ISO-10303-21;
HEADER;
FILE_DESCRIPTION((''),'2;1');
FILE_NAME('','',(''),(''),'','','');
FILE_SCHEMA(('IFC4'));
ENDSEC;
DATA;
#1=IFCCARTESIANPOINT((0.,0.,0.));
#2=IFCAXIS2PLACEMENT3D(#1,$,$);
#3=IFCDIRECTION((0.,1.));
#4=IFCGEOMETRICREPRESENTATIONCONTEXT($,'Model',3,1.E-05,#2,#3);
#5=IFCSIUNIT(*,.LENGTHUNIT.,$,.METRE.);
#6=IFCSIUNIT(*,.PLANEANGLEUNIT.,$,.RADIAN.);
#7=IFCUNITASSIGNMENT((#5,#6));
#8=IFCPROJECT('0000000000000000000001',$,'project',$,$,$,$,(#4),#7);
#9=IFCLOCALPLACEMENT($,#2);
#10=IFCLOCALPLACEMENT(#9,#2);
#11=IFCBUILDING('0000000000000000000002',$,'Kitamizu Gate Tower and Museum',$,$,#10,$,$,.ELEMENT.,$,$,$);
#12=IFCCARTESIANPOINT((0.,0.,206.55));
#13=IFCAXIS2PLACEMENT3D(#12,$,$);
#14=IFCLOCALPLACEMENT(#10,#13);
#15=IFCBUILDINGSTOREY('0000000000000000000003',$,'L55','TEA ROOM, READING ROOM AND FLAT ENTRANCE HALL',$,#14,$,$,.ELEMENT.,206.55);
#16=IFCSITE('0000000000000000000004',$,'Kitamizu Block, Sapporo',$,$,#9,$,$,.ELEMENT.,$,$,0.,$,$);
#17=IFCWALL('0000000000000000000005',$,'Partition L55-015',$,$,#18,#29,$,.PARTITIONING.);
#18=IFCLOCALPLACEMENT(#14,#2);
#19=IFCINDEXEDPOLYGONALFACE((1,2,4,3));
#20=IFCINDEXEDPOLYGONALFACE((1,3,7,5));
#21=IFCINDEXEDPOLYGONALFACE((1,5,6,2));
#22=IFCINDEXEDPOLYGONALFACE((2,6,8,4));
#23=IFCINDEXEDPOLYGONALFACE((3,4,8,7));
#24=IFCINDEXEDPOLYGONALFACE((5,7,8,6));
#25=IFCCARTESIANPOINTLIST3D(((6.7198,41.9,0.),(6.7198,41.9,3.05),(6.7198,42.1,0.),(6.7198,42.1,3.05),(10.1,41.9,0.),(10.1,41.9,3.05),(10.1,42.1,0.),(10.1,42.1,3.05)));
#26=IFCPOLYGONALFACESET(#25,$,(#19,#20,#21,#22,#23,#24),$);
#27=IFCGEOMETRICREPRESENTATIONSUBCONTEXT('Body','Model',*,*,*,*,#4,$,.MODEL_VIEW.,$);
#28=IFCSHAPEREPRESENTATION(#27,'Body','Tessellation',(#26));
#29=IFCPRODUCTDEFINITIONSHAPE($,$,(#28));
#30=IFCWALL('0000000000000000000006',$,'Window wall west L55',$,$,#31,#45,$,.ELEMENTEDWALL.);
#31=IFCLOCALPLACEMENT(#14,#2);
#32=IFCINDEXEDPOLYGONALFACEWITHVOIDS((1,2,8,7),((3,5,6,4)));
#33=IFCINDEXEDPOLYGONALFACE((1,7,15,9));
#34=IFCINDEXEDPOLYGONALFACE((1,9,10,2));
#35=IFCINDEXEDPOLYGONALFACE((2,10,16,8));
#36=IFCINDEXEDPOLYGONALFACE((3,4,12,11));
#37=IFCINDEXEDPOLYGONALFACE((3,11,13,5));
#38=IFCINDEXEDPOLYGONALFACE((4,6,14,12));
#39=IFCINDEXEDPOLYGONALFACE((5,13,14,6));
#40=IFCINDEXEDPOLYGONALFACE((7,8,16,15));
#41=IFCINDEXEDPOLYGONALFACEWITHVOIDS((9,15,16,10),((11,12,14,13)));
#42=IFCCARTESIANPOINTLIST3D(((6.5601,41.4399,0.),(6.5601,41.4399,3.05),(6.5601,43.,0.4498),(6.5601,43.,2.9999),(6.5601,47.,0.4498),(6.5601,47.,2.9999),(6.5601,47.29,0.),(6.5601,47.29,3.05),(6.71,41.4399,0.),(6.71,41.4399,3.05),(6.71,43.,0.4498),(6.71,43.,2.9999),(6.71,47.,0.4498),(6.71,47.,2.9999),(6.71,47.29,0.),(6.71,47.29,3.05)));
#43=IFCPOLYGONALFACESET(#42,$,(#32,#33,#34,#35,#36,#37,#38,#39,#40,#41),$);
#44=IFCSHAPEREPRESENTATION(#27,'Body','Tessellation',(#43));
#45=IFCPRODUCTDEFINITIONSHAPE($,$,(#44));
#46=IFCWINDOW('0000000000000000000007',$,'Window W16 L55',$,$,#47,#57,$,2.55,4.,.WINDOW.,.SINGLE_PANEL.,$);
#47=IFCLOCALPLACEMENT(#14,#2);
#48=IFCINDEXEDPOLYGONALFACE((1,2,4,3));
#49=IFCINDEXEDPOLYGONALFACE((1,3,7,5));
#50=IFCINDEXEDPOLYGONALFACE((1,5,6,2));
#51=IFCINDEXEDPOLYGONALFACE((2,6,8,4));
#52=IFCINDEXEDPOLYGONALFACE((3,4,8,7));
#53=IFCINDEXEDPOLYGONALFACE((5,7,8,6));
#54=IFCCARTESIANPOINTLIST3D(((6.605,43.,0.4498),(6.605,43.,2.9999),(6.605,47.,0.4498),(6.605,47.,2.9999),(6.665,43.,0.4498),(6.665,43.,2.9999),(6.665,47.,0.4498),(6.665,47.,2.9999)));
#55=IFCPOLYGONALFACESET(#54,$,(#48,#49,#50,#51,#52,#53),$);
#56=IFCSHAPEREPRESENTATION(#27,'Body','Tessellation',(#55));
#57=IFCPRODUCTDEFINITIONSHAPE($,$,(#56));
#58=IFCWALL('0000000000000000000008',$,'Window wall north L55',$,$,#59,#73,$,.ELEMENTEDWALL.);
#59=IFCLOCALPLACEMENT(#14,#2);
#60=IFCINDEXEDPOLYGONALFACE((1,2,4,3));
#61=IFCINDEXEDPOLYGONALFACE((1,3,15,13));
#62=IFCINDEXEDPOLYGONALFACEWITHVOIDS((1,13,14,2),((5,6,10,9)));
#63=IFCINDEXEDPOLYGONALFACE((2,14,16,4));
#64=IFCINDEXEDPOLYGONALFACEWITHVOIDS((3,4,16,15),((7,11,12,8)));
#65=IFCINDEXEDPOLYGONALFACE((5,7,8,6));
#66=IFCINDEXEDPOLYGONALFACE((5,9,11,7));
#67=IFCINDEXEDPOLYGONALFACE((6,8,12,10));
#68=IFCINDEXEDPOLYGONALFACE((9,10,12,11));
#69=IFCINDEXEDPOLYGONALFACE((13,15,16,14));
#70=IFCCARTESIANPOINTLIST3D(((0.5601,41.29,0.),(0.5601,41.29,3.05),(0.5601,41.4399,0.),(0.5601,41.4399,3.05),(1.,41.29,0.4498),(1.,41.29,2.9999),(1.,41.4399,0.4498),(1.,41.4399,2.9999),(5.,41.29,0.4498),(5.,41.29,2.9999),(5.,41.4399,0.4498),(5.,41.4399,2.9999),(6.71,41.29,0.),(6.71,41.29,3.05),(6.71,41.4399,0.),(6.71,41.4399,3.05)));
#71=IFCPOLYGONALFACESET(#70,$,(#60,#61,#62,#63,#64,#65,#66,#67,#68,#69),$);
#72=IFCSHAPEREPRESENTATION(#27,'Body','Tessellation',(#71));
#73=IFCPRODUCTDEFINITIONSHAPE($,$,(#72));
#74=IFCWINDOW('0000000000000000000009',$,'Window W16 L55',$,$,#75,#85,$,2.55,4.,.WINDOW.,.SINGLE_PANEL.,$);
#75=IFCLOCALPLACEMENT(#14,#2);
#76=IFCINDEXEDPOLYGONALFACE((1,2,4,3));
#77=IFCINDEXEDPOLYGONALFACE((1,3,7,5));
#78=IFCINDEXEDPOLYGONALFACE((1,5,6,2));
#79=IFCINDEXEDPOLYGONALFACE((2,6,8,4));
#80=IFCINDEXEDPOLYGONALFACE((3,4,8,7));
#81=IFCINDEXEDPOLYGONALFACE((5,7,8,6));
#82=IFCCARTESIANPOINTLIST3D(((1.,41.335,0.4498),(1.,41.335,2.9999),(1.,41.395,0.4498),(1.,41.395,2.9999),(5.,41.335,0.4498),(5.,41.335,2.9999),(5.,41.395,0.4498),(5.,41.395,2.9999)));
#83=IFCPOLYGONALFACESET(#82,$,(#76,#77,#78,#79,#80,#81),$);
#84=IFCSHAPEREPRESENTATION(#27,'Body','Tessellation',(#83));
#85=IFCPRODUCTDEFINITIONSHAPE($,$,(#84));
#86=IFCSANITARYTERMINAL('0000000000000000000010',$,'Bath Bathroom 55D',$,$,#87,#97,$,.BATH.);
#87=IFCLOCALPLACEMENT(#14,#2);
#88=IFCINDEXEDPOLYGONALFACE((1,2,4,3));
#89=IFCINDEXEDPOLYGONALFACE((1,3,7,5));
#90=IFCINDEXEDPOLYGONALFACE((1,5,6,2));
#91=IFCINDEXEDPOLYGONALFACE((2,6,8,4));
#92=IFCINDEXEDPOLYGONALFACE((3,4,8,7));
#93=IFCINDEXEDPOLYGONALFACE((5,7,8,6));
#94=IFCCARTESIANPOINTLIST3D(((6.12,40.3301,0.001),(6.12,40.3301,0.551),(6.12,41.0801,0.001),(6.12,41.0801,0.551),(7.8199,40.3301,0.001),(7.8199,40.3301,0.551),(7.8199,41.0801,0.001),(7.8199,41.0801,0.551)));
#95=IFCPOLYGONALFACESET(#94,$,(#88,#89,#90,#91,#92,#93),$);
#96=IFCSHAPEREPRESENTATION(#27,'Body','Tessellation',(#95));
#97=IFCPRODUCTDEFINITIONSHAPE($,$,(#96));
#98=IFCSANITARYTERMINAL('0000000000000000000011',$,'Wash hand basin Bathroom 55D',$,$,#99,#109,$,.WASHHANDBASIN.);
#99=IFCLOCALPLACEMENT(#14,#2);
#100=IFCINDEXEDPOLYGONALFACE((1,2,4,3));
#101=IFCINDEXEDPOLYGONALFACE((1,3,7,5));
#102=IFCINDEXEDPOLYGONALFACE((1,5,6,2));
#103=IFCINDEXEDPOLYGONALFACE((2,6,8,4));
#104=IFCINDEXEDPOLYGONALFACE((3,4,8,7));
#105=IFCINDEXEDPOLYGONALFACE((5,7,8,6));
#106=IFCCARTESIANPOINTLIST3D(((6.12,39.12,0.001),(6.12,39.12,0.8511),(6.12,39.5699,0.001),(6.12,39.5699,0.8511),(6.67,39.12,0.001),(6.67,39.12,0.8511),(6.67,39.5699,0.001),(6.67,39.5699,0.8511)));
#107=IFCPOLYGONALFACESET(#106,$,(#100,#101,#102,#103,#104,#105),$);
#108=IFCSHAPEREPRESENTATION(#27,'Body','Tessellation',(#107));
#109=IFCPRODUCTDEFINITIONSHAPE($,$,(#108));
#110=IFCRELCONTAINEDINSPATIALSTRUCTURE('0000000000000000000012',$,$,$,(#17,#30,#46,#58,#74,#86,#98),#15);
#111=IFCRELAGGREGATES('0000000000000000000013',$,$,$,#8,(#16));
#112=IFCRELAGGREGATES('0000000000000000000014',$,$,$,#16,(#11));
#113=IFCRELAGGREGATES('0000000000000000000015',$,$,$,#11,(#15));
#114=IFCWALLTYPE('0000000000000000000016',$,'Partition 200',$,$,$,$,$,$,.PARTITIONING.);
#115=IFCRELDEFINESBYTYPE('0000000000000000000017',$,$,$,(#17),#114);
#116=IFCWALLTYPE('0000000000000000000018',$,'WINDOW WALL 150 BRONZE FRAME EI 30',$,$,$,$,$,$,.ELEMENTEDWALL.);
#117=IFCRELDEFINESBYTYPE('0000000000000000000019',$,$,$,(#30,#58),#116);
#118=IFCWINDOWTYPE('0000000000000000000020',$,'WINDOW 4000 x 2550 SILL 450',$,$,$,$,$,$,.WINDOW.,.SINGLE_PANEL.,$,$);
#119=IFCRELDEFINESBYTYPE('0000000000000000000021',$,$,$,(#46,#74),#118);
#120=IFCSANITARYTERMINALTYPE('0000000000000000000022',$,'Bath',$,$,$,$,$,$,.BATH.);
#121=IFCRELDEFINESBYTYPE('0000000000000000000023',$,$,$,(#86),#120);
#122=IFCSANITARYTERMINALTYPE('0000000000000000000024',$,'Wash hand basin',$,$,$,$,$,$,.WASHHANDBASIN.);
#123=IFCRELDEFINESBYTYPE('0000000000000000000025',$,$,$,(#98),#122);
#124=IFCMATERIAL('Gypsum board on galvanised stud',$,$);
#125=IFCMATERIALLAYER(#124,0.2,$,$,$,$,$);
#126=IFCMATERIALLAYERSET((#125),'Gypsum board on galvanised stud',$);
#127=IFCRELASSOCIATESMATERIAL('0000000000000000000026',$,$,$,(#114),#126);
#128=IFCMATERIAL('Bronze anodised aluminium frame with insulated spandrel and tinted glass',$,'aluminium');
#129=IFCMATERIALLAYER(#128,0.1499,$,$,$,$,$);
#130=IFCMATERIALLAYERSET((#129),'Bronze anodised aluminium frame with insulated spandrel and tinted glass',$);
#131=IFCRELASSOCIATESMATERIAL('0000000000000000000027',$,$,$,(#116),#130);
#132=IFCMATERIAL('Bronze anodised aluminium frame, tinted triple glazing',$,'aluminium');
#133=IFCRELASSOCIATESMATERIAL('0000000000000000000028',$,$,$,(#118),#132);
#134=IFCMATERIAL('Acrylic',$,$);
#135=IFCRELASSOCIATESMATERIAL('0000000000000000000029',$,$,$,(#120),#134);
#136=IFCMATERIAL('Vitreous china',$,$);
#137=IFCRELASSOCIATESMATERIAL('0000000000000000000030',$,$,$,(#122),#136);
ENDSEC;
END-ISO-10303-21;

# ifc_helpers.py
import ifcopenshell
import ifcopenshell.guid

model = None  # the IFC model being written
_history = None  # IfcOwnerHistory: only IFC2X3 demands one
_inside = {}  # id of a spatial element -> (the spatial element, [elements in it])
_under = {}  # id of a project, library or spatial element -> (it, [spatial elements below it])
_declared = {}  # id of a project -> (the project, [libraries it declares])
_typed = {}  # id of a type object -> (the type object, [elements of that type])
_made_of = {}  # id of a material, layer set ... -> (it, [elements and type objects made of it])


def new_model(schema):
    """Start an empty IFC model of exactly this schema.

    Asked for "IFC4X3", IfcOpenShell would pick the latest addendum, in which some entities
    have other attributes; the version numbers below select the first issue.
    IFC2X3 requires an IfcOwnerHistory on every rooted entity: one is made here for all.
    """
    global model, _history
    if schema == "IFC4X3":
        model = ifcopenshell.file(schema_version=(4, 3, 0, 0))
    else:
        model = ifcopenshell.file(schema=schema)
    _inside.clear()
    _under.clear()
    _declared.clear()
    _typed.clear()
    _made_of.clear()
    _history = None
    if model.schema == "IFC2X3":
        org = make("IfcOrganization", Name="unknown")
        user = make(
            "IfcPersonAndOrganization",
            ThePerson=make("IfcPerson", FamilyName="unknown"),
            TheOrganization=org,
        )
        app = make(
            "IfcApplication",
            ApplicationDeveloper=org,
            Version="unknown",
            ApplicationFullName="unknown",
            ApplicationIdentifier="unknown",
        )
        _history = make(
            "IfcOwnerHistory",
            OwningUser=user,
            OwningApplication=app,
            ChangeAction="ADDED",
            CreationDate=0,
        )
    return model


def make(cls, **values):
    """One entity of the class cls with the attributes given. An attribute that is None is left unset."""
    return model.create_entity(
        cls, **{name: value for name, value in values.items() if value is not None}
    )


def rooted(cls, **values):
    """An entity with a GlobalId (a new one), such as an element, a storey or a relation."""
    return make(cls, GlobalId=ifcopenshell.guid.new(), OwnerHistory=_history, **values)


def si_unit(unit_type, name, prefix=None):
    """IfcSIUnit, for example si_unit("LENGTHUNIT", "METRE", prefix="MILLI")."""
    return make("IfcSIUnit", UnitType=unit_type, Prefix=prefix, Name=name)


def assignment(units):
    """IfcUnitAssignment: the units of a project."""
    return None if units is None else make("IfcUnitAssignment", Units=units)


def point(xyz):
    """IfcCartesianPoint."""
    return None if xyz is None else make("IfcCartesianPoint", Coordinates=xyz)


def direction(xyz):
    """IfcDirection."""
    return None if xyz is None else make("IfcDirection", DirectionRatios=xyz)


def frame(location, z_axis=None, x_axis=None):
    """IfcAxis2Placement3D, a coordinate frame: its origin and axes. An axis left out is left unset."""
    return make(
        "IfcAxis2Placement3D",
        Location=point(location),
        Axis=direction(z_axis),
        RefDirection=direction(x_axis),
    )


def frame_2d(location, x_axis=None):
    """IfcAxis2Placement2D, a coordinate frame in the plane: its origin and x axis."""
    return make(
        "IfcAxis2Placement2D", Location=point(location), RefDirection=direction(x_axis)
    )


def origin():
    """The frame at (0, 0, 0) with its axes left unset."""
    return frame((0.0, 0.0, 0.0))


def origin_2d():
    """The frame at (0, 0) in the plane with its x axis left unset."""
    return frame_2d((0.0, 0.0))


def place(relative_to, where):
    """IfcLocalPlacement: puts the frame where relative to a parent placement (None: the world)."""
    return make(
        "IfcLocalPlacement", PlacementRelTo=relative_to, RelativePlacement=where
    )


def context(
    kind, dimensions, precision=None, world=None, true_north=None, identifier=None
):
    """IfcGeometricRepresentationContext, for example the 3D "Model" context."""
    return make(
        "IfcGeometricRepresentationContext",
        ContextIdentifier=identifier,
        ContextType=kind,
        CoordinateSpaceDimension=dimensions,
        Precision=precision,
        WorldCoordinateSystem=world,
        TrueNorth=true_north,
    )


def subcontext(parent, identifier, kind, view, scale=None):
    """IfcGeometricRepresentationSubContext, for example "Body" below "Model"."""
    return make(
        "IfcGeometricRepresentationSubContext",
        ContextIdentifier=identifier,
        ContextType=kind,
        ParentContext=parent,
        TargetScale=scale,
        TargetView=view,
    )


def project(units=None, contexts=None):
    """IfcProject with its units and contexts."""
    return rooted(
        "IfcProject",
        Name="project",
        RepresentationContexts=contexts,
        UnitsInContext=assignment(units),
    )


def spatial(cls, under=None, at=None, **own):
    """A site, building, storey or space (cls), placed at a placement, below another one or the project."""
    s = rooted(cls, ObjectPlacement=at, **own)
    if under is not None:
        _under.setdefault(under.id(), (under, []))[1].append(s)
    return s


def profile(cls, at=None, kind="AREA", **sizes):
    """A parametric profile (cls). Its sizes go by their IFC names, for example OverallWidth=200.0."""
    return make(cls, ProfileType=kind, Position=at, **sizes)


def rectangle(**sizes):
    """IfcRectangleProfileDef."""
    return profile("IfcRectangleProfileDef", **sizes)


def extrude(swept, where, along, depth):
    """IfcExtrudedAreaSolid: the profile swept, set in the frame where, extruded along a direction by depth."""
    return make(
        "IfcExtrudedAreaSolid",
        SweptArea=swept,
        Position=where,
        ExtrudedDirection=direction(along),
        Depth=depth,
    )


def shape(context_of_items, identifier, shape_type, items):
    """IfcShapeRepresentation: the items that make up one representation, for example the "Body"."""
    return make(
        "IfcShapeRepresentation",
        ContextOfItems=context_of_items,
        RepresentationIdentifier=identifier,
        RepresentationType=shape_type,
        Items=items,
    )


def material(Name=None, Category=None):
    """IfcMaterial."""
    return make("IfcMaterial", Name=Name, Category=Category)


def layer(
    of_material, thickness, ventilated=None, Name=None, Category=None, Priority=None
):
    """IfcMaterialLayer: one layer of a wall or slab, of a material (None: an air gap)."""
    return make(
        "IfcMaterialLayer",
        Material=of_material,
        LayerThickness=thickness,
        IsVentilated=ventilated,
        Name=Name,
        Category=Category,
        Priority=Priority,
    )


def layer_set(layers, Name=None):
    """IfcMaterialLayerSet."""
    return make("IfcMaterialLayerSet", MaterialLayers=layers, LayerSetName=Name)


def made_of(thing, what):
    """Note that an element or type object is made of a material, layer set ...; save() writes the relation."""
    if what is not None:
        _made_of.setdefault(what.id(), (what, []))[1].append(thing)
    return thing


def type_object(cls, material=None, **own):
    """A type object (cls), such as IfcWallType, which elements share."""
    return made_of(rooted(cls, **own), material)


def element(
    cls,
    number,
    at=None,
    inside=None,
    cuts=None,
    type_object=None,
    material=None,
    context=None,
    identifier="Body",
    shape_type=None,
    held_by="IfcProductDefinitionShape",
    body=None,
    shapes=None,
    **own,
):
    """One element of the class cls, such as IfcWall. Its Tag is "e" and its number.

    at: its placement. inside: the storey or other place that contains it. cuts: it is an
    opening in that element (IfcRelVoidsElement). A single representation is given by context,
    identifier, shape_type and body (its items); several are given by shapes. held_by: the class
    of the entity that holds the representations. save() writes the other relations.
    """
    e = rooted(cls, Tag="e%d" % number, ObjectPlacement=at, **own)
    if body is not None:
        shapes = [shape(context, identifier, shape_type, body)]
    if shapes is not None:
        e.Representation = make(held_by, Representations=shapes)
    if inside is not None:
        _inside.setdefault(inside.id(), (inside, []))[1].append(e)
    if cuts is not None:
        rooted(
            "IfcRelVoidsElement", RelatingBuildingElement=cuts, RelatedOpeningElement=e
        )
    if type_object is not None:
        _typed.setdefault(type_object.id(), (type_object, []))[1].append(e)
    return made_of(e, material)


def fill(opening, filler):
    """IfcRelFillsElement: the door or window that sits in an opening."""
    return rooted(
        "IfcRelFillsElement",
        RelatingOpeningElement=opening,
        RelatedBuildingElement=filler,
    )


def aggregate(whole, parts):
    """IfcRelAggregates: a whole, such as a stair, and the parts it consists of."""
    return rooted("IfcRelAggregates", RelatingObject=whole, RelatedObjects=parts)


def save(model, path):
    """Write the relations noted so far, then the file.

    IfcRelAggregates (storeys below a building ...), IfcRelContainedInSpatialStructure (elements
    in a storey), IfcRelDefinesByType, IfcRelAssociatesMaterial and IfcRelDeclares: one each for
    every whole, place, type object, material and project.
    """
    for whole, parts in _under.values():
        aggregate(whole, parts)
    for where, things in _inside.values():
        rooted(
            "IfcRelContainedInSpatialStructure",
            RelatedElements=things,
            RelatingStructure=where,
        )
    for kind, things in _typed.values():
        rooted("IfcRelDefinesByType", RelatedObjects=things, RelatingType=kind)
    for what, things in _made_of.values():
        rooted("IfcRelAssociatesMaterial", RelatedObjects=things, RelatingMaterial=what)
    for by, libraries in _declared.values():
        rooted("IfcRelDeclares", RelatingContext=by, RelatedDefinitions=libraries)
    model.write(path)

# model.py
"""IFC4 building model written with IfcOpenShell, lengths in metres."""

from ifc_helpers import new_model, si_unit, direction, frame, frame_2d, origin, origin_2d, place, context, subcontext, project, spatial, rectangle, extrude, material, layer, layer_set, type_object, element, fill, save


model = new_model("IFC4")

# Units and contexts
model_context = context("Model", 3, precision=1e-05, world=origin(), true_north=direction((0.0, 1.0)))
body_context = subcontext(model_context, "Body", "Model", "MODEL_VIEW")
ifc_project = project(units=[si_unit("LENGTHUNIT", "METRE"), si_unit("PLANEANGLEUNIT", "RADIAN")], contexts=[model_context])

# Site, building, storey
site_placement = place(None, origin())
site = spatial("IfcSite", under=ifc_project, at=site_placement, Name="Kitamizu Block, Sapporo", CompositionType="ELEMENT", RefElevation=0.0)
building_placement = place(site_placement, origin())
building = spatial("IfcBuilding", under=site, at=building_placement, Name="Kitamizu Gate Tower and Museum", CompositionType="ELEMENT")
storey_placement = place(building_placement, frame((0.0, 0.0, 206.55)))
storey = spatial("IfcBuildingStorey", under=building, at=storey_placement, Name="L55", Description="TEA ROOM, READING ROOM AND FLAT ENTRANCE HALL", CompositionType="ELEMENT", Elevation=206.55)

# Wall
ifc_material_1 = material(Name="Gypsum board on galvanised stud")
ifc_layer_1 = layer(ifc_material_1, 0.2)
ifc_layer_set_1 = layer_set([ifc_layer_1], Name="Gypsum board on galvanised stud")
wall_type_1 = type_object("IfcWallType", Name="Partition 200", PredefinedType="PARTITIONING", material=ifc_layer_set_1)
wall_1_placement = place(storey_placement, frame((6.72, 42.0, 0.0), z_axis=(0.0, 0.0, 1.0), x_axis=(1.0, 0.0, 0.0)))
element("IfcWall", 1, at=wall_1_placement, inside=storey, type_object=wall_type_1, Name="Partition L55-015", PredefinedType="PARTITIONING", context=body_context, shape_type="SweptSolid", body=[
    extrude(rectangle(XDim=3.3801, YDim=0.2, at=frame_2d((1.6899, 0.0))), origin(), (0.0, 0.0, 1.0), 3.05),
])

# Shared definitions
ifc_material_2 = material(Name="Bronze anodised aluminium frame with insulated spandrel and tinted glass", Category="aluminium")
ifc_layer_2 = layer(ifc_material_2, 0.1499)
ifc_layer_set_2 = layer_set([ifc_layer_2], Name="Bronze anodised aluminium frame with insulated spandrel and tinted glass")
wall_type_2 = type_object("IfcWallType", Name="WINDOW WALL 150 BRONZE FRAME EI 30", PredefinedType="ELEMENTEDWALL", material=ifc_layer_set_2)

# Walls, openings, windows
wall_2_placement = place(storey_placement, frame((6.635, 41.4399, 0.0), z_axis=(0.0, 0.0, 1.0), x_axis=(0.0, 1.0, 0.0)))
wall_2 = element("IfcWall", 2, at=wall_2_placement, inside=storey, type_object=wall_type_2, Name="Window wall west L55", PredefinedType="ELEMENTEDWALL", context=body_context, shape_type="SweptSolid", body=[
    extrude(rectangle(XDim=5.8501, YDim=0.1499, at=frame_2d((2.925, 0.0))), origin(), (0.0, 0.0, 1.0), 3.05),
])
opening_1_placement = place(wall_2_placement, frame((1.5601, 0.0, 0.45)))
opening_1 = element("IfcOpeningElement", 3, at=opening_1_placement, cuts=wall_2, PredefinedType="OPENING", context=body_context, shape_type="SweptSolid", body=[
    extrude(rectangle(XDim=4.0, YDim=2.55, at=frame_2d((2.0, 1.2749))), frame((0.0, 0.085, 0.0), z_axis=(0.0, -1.0, 0.0), x_axis=(1.0, 0.0, 0.0)), (0.0, 0.0, 1.0), 0.1699),
])
ifc_material_3 = material(Name="Bronze anodised aluminium frame, tinted triple glazing", Category="aluminium")
window_type_1 = type_object("IfcWindowType", Name="WINDOW 4000 x 2550 SILL 450", PartitioningType="SINGLE_PANEL", PredefinedType="WINDOW", material=ifc_material_3)
window_1_placement = place(opening_1_placement, origin())
window_1 = element("IfcWindow", 4, at=window_1_placement, inside=storey, type_object=window_type_1, Name="Window W16 L55", OverallHeight=2.55, OverallWidth=4.0, PartitioningType="SINGLE_PANEL", PredefinedType="WINDOW", context=body_context, shape_type="SweptSolid", body=[
    extrude(rectangle(XDim=4.0, YDim=2.55, at=frame_2d((2.0, 1.2749))), frame((0.0, 0.03, 0.0), z_axis=(0.0, -1.0, 0.0), x_axis=(1.0, 0.0, 0.0)), (0.0, 0.0, 1.0), 0.0601),
])
fill(opening_1, window_1)
wall_3_placement = place(storey_placement, frame((0.5601, 41.365, 0.0), z_axis=(0.0, 0.0, 1.0), x_axis=(1.0, 0.0, 0.0)))
wall_3 = element("IfcWall", 5, at=wall_3_placement, inside=storey, type_object=wall_type_2, Name="Window wall north L55", PredefinedType="ELEMENTEDWALL", context=body_context, shape_type="SweptSolid", body=[
    extrude(rectangle(XDim=6.1499, YDim=0.1499, at=frame_2d((3.075, 0.0))), origin(), (0.0, 0.0, 1.0), 3.05),
])
opening_2_placement = place(wall_3_placement, frame((0.4399, 0.0, 0.45)))
opening_2 = element("IfcOpeningElement", 6, at=opening_2_placement, cuts=wall_3, PredefinedType="OPENING", context=body_context, shape_type="SweptSolid", body=[
    extrude(rectangle(XDim=4.0, YDim=2.55, at=frame_2d((2.0, 1.2749))), frame((0.0, 0.085, 0.0), z_axis=(0.0, -1.0, 0.0), x_axis=(1.0, 0.0, 0.0)), (0.0, 0.0, 1.0), 0.1699),
])
window_2_placement = place(opening_2_placement, origin())
window_2 = element("IfcWindow", 7, at=window_2_placement, inside=storey, type_object=window_type_1, Name="Window W16 L55", OverallHeight=2.55, OverallWidth=4.0, PartitioningType="SINGLE_PANEL", PredefinedType="WINDOW", context=body_context, shape_type="SweptSolid", body=[
    extrude(rectangle(XDim=4.0, YDim=2.55, at=frame_2d((2.0, 1.2749))), frame((0.0, 0.03, 0.0), z_axis=(0.0, -1.0, 0.0), x_axis=(1.0, 0.0, 0.0)), (0.0, 0.0, 1.0), 0.0601),
])
fill(opening_2, window_2)

# Sanitary terminals
ifc_material_4 = material(Name="Acrylic")
sanitary_terminal_type_1 = type_object("IfcSanitaryTerminalType", Name="Bath", PredefinedType="BATH", material=ifc_material_4)
sanitary_terminal_1_placement = place(storey_placement, frame((6.97, 40.7051, 0.001), z_axis=(0.0, 0.0, 1.0), x_axis=(1.0, 0.0, 0.0)))
element("IfcSanitaryTerminal", 8, at=sanitary_terminal_1_placement, inside=storey, type_object=sanitary_terminal_type_1, Name="Bath Bathroom 55D", PredefinedType="BATH", context=body_context, shape_type="SweptSolid", body=[
    extrude(rectangle(XDim=1.7, YDim=0.75, at=origin_2d()), origin(), (0.0, 0.0, 1.0), 0.55),
])
ifc_material_5 = material(Name="Vitreous china")
sanitary_terminal_type_2 = type_object("IfcSanitaryTerminalType", Name="Wash hand basin", PredefinedType="WASHHANDBASIN", material=ifc_material_5)
sanitary_terminal_2_placement = place(storey_placement, frame((6.395, 39.345, 0.001), z_axis=(0.0, 0.0, 1.0), x_axis=(1.0, 0.0, 0.0)))
element("IfcSanitaryTerminal", 9, at=sanitary_terminal_2_placement, inside=storey, type_object=sanitary_terminal_type_2, Name="Wash hand basin Bathroom 55D", PredefinedType="WASHHANDBASIN", context=body_context, shape_type="SweptSolid", body=[
    extrude(rectangle(XDim=0.55, YDim=0.45, at=origin_2d()), origin(), (0.0, 0.0, 1.0), 0.8501),
])

save(model, "model.ifc")
